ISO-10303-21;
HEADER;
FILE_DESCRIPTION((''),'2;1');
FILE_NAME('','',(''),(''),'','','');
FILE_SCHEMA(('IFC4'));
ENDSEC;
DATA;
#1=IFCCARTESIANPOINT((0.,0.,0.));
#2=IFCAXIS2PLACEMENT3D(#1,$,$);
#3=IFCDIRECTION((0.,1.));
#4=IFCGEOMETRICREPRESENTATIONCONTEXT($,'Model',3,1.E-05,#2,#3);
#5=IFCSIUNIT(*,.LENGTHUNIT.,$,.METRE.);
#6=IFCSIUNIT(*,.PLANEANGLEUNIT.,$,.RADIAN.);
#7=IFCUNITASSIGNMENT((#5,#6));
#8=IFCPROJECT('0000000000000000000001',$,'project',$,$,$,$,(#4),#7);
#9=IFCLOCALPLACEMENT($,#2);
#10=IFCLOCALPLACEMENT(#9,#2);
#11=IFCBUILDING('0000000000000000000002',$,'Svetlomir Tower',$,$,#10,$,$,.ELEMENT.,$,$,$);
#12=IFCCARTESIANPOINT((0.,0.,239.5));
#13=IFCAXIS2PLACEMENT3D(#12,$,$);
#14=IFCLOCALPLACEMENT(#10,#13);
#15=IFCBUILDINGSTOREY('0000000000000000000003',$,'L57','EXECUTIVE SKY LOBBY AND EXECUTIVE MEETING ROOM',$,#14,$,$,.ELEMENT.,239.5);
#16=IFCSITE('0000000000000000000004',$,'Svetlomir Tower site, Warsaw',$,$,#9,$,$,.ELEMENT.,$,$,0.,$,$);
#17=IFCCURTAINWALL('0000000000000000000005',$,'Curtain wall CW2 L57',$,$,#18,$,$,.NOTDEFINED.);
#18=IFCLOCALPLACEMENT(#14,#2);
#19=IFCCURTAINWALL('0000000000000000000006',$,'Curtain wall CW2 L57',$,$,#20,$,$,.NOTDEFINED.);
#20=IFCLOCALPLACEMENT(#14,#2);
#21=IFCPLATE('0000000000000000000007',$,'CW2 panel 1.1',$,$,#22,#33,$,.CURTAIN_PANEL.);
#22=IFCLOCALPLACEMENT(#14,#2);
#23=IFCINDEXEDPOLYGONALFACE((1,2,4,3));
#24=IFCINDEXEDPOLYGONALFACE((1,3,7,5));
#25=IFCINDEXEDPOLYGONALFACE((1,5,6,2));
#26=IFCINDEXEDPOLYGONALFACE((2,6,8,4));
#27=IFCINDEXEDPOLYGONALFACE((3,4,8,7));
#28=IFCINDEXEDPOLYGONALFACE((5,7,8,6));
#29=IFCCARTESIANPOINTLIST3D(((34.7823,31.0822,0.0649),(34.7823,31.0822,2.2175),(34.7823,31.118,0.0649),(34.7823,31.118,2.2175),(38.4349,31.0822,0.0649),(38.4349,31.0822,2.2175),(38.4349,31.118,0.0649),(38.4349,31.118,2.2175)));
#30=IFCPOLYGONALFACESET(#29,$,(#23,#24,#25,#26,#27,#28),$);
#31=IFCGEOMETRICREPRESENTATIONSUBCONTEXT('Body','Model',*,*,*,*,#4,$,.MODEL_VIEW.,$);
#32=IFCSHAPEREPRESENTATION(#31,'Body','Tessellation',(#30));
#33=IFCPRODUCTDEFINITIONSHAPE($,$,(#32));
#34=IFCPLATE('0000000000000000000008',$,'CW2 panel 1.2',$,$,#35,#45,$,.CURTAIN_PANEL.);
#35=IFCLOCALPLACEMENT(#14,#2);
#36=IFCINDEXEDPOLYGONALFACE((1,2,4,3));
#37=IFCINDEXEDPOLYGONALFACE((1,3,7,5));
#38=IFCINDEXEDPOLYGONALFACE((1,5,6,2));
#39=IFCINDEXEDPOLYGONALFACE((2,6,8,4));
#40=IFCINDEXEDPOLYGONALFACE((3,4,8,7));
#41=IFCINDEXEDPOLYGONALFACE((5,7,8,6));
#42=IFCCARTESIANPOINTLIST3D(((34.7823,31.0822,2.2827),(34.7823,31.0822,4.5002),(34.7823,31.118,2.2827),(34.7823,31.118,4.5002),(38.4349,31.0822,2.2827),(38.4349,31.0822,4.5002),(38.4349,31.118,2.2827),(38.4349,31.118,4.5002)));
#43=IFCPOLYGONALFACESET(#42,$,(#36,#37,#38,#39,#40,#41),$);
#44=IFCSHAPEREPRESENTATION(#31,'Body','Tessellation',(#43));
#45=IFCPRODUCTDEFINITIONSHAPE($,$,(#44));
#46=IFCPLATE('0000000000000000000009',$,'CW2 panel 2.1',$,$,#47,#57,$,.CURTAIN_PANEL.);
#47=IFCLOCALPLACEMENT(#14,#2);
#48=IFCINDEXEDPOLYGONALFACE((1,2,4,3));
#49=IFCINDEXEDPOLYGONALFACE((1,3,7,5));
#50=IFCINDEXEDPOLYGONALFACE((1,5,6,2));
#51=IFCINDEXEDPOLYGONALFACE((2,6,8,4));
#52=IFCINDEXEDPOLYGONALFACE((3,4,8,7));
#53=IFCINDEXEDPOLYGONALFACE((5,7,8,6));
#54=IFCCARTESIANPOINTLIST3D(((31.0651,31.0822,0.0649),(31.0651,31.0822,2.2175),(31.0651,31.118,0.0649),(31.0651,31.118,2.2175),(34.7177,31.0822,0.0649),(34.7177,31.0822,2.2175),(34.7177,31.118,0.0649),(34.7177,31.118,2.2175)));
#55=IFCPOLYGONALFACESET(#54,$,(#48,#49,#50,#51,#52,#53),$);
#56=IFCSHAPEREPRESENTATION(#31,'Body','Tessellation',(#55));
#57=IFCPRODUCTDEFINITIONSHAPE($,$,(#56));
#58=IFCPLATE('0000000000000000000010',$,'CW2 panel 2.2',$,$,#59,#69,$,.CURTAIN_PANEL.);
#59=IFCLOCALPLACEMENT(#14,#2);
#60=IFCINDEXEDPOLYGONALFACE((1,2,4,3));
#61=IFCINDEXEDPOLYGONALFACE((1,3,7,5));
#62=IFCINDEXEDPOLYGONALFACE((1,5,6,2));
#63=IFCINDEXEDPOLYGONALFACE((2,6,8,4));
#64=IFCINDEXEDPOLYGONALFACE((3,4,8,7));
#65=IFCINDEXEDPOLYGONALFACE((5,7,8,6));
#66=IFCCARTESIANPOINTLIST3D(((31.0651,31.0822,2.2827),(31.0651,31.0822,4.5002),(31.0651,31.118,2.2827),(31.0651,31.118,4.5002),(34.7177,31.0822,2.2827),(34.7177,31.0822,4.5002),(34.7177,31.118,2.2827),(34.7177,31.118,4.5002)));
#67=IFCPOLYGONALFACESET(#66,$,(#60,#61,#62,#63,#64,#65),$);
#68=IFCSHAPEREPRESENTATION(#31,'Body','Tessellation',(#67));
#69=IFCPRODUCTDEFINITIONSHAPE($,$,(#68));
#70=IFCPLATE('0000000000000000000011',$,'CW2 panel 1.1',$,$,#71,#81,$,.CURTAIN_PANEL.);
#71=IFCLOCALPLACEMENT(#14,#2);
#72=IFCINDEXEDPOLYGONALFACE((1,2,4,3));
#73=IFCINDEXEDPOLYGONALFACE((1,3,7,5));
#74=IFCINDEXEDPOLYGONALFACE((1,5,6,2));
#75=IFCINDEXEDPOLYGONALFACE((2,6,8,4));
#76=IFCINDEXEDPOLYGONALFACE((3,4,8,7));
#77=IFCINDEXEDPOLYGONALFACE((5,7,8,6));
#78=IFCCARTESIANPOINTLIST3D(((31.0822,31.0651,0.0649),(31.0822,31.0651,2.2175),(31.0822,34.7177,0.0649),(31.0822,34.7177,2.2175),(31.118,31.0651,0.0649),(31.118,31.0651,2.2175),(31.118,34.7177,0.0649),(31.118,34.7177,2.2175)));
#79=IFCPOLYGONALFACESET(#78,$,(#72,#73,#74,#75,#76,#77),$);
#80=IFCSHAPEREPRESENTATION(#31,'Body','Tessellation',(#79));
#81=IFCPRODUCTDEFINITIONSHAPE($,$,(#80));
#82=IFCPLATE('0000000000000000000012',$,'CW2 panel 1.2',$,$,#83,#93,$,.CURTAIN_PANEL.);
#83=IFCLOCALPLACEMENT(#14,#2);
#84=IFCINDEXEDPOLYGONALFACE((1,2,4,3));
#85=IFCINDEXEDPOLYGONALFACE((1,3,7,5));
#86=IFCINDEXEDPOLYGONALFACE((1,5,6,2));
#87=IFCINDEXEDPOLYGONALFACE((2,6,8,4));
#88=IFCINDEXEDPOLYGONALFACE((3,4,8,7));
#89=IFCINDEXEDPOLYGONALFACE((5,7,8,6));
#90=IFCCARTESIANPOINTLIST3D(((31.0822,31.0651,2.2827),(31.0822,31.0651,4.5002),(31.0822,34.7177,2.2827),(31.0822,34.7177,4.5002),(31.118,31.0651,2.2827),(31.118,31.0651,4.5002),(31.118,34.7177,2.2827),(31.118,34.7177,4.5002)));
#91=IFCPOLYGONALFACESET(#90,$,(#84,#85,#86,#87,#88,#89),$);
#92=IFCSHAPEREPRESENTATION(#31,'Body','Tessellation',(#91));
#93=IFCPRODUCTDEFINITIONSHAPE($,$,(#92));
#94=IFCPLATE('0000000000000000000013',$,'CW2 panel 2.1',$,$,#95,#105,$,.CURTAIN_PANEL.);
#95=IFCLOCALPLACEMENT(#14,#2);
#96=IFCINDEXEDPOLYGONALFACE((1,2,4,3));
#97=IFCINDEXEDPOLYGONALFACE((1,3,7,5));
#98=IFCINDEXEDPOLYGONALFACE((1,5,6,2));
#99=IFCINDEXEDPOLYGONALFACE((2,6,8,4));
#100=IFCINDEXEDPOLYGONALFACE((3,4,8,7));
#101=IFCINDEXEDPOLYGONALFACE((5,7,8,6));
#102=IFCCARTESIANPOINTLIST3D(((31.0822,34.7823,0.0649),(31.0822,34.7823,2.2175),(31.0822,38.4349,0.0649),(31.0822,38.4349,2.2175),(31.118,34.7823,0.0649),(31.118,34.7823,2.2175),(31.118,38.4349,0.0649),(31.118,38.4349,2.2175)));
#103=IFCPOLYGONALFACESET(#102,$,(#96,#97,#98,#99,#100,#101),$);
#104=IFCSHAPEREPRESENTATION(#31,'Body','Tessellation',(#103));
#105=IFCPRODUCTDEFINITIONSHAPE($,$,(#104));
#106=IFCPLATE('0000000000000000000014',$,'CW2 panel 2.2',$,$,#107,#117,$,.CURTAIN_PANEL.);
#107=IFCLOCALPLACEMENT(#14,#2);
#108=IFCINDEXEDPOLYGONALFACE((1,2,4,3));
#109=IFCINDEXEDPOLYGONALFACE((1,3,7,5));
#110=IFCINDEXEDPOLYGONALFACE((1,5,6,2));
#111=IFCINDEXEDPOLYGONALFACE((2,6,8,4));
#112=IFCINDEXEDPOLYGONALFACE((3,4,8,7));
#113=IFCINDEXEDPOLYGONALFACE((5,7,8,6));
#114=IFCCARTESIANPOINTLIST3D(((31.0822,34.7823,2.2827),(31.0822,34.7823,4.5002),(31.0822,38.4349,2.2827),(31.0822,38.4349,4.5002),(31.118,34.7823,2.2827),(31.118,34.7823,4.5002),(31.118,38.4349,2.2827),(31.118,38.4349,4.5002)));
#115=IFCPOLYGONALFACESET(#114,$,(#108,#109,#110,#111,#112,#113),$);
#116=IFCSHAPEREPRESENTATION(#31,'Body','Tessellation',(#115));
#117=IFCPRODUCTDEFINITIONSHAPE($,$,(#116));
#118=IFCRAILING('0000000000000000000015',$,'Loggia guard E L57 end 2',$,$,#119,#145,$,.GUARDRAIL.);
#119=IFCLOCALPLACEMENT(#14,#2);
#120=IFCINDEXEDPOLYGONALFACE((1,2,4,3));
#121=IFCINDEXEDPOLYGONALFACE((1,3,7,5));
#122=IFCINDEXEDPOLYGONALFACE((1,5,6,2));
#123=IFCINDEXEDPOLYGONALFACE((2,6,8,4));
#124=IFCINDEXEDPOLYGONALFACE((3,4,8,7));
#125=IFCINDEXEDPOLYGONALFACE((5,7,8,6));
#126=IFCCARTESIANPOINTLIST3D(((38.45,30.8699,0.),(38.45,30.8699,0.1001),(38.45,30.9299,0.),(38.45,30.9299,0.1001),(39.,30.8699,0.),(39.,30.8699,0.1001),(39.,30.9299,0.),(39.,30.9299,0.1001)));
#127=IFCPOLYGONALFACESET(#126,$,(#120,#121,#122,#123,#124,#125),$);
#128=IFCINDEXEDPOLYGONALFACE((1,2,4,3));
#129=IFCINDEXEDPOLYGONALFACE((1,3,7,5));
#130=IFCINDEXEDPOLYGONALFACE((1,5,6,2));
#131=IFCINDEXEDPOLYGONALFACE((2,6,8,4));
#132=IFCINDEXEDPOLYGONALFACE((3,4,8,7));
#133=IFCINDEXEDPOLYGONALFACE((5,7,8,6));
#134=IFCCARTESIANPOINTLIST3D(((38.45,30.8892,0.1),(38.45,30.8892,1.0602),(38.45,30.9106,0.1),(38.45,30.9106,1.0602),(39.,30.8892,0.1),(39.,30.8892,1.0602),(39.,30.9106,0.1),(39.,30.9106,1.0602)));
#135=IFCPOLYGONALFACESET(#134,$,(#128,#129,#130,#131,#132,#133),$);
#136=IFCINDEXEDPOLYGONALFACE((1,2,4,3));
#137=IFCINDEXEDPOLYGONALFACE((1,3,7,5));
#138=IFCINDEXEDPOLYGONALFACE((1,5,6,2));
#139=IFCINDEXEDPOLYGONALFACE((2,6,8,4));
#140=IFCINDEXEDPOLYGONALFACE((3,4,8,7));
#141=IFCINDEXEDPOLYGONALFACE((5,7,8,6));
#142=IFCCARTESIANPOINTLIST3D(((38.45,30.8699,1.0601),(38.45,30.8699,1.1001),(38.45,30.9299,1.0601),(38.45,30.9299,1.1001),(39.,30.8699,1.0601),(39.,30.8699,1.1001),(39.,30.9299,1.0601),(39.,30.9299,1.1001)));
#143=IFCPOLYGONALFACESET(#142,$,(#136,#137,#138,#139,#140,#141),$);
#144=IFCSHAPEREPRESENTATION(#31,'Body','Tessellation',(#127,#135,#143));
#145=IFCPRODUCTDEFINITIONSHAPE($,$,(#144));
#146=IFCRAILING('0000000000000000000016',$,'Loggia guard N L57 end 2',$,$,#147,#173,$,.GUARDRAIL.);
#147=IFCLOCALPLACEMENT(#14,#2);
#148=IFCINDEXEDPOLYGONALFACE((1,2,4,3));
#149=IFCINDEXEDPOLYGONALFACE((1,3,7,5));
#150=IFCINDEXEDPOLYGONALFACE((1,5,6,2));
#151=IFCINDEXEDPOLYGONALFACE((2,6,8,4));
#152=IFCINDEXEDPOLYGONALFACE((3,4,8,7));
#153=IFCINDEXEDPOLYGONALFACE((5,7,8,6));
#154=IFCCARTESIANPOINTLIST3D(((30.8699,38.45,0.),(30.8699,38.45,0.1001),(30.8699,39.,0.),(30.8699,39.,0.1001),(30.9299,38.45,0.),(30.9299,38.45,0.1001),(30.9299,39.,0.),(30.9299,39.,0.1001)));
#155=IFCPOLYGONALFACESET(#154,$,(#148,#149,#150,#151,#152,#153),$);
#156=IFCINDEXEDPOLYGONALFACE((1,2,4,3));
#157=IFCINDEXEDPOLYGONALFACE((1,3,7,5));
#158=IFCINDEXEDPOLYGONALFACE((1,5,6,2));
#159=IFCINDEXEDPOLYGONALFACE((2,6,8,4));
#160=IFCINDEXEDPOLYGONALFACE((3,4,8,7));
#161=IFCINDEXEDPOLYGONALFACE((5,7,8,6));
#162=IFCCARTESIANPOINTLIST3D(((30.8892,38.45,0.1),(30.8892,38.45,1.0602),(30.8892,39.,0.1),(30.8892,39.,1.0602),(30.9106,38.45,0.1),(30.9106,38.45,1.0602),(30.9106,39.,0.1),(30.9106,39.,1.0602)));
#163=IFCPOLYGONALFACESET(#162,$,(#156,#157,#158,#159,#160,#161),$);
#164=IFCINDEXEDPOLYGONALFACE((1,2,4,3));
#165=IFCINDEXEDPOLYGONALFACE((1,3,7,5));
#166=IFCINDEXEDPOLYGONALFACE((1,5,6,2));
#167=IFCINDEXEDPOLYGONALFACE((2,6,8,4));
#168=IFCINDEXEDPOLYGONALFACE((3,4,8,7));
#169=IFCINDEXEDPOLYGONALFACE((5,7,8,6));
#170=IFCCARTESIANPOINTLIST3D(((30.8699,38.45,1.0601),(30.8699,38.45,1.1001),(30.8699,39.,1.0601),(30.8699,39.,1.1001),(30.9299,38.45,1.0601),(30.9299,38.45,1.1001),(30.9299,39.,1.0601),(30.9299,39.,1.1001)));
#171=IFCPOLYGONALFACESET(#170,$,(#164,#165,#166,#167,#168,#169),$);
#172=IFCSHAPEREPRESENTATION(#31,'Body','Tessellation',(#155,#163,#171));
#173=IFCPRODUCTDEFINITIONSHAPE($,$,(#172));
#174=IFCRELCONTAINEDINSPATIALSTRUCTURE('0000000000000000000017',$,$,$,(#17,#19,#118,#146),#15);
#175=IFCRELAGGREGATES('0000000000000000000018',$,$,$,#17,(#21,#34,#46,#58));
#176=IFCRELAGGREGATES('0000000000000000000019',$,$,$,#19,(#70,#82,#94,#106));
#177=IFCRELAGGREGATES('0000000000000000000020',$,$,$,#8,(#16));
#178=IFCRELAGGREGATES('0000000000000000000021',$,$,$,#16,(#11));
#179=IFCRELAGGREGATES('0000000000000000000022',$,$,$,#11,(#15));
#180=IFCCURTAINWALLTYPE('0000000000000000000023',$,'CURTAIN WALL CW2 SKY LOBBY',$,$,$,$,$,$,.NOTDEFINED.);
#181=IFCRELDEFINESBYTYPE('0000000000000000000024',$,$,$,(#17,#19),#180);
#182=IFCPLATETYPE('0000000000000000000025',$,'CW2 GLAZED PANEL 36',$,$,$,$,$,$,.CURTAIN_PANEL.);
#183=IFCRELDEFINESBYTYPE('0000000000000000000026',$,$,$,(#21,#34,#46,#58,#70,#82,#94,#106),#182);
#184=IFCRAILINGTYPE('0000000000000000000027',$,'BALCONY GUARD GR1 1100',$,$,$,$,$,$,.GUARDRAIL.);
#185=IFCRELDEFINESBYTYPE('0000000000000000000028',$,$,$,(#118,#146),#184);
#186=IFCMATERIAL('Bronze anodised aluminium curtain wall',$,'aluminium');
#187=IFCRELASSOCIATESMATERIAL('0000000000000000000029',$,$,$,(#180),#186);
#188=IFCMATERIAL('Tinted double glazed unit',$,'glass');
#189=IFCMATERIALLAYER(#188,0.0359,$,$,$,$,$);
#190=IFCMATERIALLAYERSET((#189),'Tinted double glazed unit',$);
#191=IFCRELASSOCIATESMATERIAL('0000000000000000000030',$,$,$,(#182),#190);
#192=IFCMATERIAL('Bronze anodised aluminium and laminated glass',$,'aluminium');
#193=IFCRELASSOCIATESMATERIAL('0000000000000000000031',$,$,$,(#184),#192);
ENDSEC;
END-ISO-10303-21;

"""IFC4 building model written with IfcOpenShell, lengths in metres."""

from ifc_helpers import new_model, si_unit, direction, frame, origin, origin_2d, place, context, subcontext, project, spatial, rectangle, extrude, material, layer, layer_set, type_object, element, aggregate, save


model = new_model("IFC4")

# Units and contexts
model_context = context("Model", 3, precision=1e-05, world=origin(), true_north=direction((0.0, 1.0)))
body_context = subcontext(model_context, "Body", "Model", "MODEL_VIEW")
ifc_project = project(units=[si_unit("LENGTHUNIT", "METRE"), si_unit("PLANEANGLEUNIT", "RADIAN")], contexts=[model_context])

# Site, building, storey
site_placement = place(None, origin())
site = spatial("IfcSite", under=ifc_project, at=site_placement, Name="Svetlomir Tower site, Warsaw", CompositionType="ELEMENT", RefElevation=0.0)
building_placement = place(site_placement, origin())
building = spatial("IfcBuilding", under=site, at=building_placement, Name="Svetlomir Tower", CompositionType="ELEMENT")
storey_placement = place(building_placement, frame((0.0, 0.0, 239.5)))
storey = spatial("IfcBuildingStorey", under=building, at=storey_placement, Name="L57", Description="EXECUTIVE SKY LOBBY AND EXECUTIVE MEETING ROOM", CompositionType="ELEMENT", Elevation=239.5)

# Curtain walls
ifc_material_1 = material(Name="Bronze anodised aluminium curtain wall", Category="aluminium")
curtain_wall_type = type_object("IfcCurtainWallType", Name="CURTAIN WALL CW2 SKY LOBBY", PredefinedType="NOTDEFINED", material=ifc_material_1)
curtain_wall_1_placement = place(storey_placement, origin())
curtain_wall_1 = element("IfcCurtainWall", 1, at=curtain_wall_1_placement, inside=storey, type_object=curtain_wall_type, Name="Curtain wall CW2 L57", PredefinedType="NOTDEFINED")
curtain_wall_2_placement = place(storey_placement, origin())
curtain_wall_2 = element("IfcCurtainWall", 2, at=curtain_wall_2_placement, inside=storey, type_object=curtain_wall_type, Name="Curtain wall CW2 L57", PredefinedType="NOTDEFINED")

# Plates
ifc_material_2 = material(Name="Tinted double glazed unit", Category="glass")
ifc_layer = layer(ifc_material_2, 0.0359)
ifc_layer_set = layer_set([ifc_layer], Name="Tinted double glazed unit")
plate_type = type_object("IfcPlateType", Name="CW2 GLAZED PANEL 36", PredefinedType="CURTAIN_PANEL", material=ifc_layer_set)
plate_1_placement = place(storey_placement, frame((36.6086, 31.1001, 0.0649), z_axis=(0.0, 0.0, 1.0), x_axis=(-1.0, 0.0, 0.0)))
plate_1 = element("IfcPlate", 3, at=plate_1_placement, type_object=plate_type, Name="CW2 panel 1.1", PredefinedType="CURTAIN_PANEL", context=body_context, shape_type="SweptSolid", body=[
    extrude(rectangle(XDim=3.6526, YDim=0.0359, at=origin_2d()), origin(), (0.0, 0.0, 1.0), 2.1526),
])
plate_2_placement = place(storey_placement, frame((36.6086, 31.1001, 2.2827), z_axis=(0.0, 0.0, 1.0), x_axis=(-1.0, 0.0, 0.0)))
plate_2 = element("IfcPlate", 4, at=plate_2_placement, type_object=plate_type, Name="CW2 panel 1.2", PredefinedType="CURTAIN_PANEL", context=body_context, shape_type="SweptSolid", body=[
    extrude(rectangle(XDim=3.6526, YDim=0.0359, at=origin_2d()), origin(), (0.0, 0.0, 1.0), 2.2175),
])
plate_3_placement = place(storey_placement, frame((32.8914, 31.1001, 0.0649), z_axis=(0.0, 0.0, 1.0), x_axis=(-1.0, 0.0, 0.0)))
plate_3 = element("IfcPlate", 5, at=plate_3_placement, type_object=plate_type, Name="CW2 panel 2.1", PredefinedType="CURTAIN_PANEL", context=body_context, shape_type="SweptSolid", body=[
    extrude(rectangle(XDim=3.6526, YDim=0.0359, at=origin_2d()), origin(), (0.0, 0.0, 1.0), 2.1526),
])
plate_4_placement = place(storey_placement, frame((32.8914, 31.1001, 2.2827), z_axis=(0.0, 0.0, 1.0), x_axis=(-1.0, 0.0, 0.0)))
plate_4 = element("IfcPlate", 6, at=plate_4_placement, type_object=plate_type, Name="CW2 panel 2.2", PredefinedType="CURTAIN_PANEL", context=body_context, shape_type="SweptSolid", body=[
    extrude(rectangle(XDim=3.6526, YDim=0.0359, at=origin_2d()), origin(), (0.0, 0.0, 1.0), 2.2175),
])
aggregate(curtain_wall_1, [plate_1, plate_2, plate_3, plate_4])
plate_5_placement = place(storey_placement, frame((31.1001, 32.8914, 0.0649), z_axis=(0.0, 0.0, 1.0), x_axis=(0.0, 1.0, 0.0)))
plate_5 = element("IfcPlate", 7, at=plate_5_placement, type_object=plate_type, Name="CW2 panel 1.1", PredefinedType="CURTAIN_PANEL", context=body_context, shape_type="SweptSolid", body=[
    extrude(rectangle(XDim=3.6526, YDim=0.0359, at=origin_2d()), origin(), (0.0, 0.0, 1.0), 2.1526),
])
plate_6_placement = place(storey_placement, frame((31.1001, 32.8914, 2.2827), z_axis=(0.0, 0.0, 1.0), x_axis=(0.0, 1.0, 0.0)))
plate_6 = element("IfcPlate", 8, at=plate_6_placement, type_object=plate_type, Name="CW2 panel 1.2", PredefinedType="CURTAIN_PANEL", context=body_context, shape_type="SweptSolid", body=[
    extrude(rectangle(XDim=3.6526, YDim=0.0359, at=origin_2d()), origin(), (0.0, 0.0, 1.0), 2.2175),
])
plate_7_placement = place(storey_placement, frame((31.1001, 36.6086, 0.0649), z_axis=(0.0, 0.0, 1.0), x_axis=(0.0, 1.0, 0.0)))
plate_7 = element("IfcPlate", 9, at=plate_7_placement, type_object=plate_type, Name="CW2 panel 2.1", PredefinedType="CURTAIN_PANEL", context=body_context, shape_type="SweptSolid", body=[
    extrude(rectangle(XDim=3.6526, YDim=0.0359, at=origin_2d()), origin(), (0.0, 0.0, 1.0), 2.1526),
])
plate_8_placement = place(storey_placement, frame((31.1001, 36.6086, 2.2827), z_axis=(0.0, 0.0, 1.0), x_axis=(0.0, 1.0, 0.0)))
plate_8 = element("IfcPlate", 10, at=plate_8_placement, type_object=plate_type, Name="CW2 panel 2.2", PredefinedType="CURTAIN_PANEL", context=body_context, shape_type="SweptSolid", body=[
    extrude(rectangle(XDim=3.6526, YDim=0.0359, at=origin_2d()), origin(), (0.0, 0.0, 1.0), 2.2175),
])
aggregate(curtain_wall_2, [plate_5, plate_6, plate_7, plate_8])

# Railings
ifc_material_3 = material(Name="Bronze anodised aluminium and laminated glass", Category="aluminium")
railing_type = type_object("IfcRailingType", Name="BALCONY GUARD GR1 1100", PredefinedType="GUARDRAIL", material=ifc_material_3)
railing_1_placement = place(storey_placement, frame((38.45, 30.8999, 0.0)))
element("IfcRailing", 11, at=railing_1_placement, inside=storey, type_object=railing_type, Name="Loggia guard E L57 end 2", PredefinedType="GUARDRAIL", context=body_context, shape_type="SweptSolid", body=[
    extrude(rectangle(XDim=0.0601, YDim=0.1001, at=origin_2d()), frame((0.0, 0.0, 0.05), z_axis=(1.0, 0.0, 0.0), x_axis=(0.0, 1.0, 0.0)), (0.0, 0.0, 1.0), 0.55),
    extrude(rectangle(XDim=0.0215, YDim=0.9602, at=origin_2d()), frame((0.0, 0.0, 0.5801), z_axis=(1.0, 0.0, 0.0), x_axis=(0.0, 1.0, 0.0)), (0.0, 0.0, 1.0), 0.55),
    extrude(rectangle(XDim=0.0601, YDim=0.04, at=origin_2d()), frame((0.0, 0.0, 1.0801), z_axis=(1.0, 0.0, 0.0), x_axis=(0.0, 1.0, 0.0)), (0.0, 0.0, 1.0), 0.55),
])
railing_2_placement = place(storey_placement, frame((30.8999, 38.45, 0.0)))
element("IfcRailing", 12, at=railing_2_placement, inside=storey, type_object=railing_type, Name="Loggia guard N L57 end 2", PredefinedType="GUARDRAIL", context=body_context, shape_type="SweptSolid", body=[
    extrude(rectangle(XDim=0.0601, YDim=0.1001, at=origin_2d()), frame((0.0, 0.0, 0.05), z_axis=(0.0, 1.0, 0.0), x_axis=(-1.0, 0.0, 0.0)), (0.0, 0.0, 1.0), 0.55),
    extrude(rectangle(XDim=0.0215, YDim=0.9602, at=origin_2d()), frame((0.0, 0.0, 0.5801), z_axis=(0.0, 1.0, 0.0), x_axis=(-1.0, 0.0, 0.0)), (0.0, 0.0, 1.0), 0.55),
    extrude(rectangle(XDim=0.0601, YDim=0.04, at=origin_2d()), frame((0.0, 0.0, 1.0801), z_axis=(0.0, 1.0, 0.0), x_axis=(-1.0, 0.0, 0.0)), (0.0, 0.0, 1.0), 0.55),
])

save(model, "model.ifc")
